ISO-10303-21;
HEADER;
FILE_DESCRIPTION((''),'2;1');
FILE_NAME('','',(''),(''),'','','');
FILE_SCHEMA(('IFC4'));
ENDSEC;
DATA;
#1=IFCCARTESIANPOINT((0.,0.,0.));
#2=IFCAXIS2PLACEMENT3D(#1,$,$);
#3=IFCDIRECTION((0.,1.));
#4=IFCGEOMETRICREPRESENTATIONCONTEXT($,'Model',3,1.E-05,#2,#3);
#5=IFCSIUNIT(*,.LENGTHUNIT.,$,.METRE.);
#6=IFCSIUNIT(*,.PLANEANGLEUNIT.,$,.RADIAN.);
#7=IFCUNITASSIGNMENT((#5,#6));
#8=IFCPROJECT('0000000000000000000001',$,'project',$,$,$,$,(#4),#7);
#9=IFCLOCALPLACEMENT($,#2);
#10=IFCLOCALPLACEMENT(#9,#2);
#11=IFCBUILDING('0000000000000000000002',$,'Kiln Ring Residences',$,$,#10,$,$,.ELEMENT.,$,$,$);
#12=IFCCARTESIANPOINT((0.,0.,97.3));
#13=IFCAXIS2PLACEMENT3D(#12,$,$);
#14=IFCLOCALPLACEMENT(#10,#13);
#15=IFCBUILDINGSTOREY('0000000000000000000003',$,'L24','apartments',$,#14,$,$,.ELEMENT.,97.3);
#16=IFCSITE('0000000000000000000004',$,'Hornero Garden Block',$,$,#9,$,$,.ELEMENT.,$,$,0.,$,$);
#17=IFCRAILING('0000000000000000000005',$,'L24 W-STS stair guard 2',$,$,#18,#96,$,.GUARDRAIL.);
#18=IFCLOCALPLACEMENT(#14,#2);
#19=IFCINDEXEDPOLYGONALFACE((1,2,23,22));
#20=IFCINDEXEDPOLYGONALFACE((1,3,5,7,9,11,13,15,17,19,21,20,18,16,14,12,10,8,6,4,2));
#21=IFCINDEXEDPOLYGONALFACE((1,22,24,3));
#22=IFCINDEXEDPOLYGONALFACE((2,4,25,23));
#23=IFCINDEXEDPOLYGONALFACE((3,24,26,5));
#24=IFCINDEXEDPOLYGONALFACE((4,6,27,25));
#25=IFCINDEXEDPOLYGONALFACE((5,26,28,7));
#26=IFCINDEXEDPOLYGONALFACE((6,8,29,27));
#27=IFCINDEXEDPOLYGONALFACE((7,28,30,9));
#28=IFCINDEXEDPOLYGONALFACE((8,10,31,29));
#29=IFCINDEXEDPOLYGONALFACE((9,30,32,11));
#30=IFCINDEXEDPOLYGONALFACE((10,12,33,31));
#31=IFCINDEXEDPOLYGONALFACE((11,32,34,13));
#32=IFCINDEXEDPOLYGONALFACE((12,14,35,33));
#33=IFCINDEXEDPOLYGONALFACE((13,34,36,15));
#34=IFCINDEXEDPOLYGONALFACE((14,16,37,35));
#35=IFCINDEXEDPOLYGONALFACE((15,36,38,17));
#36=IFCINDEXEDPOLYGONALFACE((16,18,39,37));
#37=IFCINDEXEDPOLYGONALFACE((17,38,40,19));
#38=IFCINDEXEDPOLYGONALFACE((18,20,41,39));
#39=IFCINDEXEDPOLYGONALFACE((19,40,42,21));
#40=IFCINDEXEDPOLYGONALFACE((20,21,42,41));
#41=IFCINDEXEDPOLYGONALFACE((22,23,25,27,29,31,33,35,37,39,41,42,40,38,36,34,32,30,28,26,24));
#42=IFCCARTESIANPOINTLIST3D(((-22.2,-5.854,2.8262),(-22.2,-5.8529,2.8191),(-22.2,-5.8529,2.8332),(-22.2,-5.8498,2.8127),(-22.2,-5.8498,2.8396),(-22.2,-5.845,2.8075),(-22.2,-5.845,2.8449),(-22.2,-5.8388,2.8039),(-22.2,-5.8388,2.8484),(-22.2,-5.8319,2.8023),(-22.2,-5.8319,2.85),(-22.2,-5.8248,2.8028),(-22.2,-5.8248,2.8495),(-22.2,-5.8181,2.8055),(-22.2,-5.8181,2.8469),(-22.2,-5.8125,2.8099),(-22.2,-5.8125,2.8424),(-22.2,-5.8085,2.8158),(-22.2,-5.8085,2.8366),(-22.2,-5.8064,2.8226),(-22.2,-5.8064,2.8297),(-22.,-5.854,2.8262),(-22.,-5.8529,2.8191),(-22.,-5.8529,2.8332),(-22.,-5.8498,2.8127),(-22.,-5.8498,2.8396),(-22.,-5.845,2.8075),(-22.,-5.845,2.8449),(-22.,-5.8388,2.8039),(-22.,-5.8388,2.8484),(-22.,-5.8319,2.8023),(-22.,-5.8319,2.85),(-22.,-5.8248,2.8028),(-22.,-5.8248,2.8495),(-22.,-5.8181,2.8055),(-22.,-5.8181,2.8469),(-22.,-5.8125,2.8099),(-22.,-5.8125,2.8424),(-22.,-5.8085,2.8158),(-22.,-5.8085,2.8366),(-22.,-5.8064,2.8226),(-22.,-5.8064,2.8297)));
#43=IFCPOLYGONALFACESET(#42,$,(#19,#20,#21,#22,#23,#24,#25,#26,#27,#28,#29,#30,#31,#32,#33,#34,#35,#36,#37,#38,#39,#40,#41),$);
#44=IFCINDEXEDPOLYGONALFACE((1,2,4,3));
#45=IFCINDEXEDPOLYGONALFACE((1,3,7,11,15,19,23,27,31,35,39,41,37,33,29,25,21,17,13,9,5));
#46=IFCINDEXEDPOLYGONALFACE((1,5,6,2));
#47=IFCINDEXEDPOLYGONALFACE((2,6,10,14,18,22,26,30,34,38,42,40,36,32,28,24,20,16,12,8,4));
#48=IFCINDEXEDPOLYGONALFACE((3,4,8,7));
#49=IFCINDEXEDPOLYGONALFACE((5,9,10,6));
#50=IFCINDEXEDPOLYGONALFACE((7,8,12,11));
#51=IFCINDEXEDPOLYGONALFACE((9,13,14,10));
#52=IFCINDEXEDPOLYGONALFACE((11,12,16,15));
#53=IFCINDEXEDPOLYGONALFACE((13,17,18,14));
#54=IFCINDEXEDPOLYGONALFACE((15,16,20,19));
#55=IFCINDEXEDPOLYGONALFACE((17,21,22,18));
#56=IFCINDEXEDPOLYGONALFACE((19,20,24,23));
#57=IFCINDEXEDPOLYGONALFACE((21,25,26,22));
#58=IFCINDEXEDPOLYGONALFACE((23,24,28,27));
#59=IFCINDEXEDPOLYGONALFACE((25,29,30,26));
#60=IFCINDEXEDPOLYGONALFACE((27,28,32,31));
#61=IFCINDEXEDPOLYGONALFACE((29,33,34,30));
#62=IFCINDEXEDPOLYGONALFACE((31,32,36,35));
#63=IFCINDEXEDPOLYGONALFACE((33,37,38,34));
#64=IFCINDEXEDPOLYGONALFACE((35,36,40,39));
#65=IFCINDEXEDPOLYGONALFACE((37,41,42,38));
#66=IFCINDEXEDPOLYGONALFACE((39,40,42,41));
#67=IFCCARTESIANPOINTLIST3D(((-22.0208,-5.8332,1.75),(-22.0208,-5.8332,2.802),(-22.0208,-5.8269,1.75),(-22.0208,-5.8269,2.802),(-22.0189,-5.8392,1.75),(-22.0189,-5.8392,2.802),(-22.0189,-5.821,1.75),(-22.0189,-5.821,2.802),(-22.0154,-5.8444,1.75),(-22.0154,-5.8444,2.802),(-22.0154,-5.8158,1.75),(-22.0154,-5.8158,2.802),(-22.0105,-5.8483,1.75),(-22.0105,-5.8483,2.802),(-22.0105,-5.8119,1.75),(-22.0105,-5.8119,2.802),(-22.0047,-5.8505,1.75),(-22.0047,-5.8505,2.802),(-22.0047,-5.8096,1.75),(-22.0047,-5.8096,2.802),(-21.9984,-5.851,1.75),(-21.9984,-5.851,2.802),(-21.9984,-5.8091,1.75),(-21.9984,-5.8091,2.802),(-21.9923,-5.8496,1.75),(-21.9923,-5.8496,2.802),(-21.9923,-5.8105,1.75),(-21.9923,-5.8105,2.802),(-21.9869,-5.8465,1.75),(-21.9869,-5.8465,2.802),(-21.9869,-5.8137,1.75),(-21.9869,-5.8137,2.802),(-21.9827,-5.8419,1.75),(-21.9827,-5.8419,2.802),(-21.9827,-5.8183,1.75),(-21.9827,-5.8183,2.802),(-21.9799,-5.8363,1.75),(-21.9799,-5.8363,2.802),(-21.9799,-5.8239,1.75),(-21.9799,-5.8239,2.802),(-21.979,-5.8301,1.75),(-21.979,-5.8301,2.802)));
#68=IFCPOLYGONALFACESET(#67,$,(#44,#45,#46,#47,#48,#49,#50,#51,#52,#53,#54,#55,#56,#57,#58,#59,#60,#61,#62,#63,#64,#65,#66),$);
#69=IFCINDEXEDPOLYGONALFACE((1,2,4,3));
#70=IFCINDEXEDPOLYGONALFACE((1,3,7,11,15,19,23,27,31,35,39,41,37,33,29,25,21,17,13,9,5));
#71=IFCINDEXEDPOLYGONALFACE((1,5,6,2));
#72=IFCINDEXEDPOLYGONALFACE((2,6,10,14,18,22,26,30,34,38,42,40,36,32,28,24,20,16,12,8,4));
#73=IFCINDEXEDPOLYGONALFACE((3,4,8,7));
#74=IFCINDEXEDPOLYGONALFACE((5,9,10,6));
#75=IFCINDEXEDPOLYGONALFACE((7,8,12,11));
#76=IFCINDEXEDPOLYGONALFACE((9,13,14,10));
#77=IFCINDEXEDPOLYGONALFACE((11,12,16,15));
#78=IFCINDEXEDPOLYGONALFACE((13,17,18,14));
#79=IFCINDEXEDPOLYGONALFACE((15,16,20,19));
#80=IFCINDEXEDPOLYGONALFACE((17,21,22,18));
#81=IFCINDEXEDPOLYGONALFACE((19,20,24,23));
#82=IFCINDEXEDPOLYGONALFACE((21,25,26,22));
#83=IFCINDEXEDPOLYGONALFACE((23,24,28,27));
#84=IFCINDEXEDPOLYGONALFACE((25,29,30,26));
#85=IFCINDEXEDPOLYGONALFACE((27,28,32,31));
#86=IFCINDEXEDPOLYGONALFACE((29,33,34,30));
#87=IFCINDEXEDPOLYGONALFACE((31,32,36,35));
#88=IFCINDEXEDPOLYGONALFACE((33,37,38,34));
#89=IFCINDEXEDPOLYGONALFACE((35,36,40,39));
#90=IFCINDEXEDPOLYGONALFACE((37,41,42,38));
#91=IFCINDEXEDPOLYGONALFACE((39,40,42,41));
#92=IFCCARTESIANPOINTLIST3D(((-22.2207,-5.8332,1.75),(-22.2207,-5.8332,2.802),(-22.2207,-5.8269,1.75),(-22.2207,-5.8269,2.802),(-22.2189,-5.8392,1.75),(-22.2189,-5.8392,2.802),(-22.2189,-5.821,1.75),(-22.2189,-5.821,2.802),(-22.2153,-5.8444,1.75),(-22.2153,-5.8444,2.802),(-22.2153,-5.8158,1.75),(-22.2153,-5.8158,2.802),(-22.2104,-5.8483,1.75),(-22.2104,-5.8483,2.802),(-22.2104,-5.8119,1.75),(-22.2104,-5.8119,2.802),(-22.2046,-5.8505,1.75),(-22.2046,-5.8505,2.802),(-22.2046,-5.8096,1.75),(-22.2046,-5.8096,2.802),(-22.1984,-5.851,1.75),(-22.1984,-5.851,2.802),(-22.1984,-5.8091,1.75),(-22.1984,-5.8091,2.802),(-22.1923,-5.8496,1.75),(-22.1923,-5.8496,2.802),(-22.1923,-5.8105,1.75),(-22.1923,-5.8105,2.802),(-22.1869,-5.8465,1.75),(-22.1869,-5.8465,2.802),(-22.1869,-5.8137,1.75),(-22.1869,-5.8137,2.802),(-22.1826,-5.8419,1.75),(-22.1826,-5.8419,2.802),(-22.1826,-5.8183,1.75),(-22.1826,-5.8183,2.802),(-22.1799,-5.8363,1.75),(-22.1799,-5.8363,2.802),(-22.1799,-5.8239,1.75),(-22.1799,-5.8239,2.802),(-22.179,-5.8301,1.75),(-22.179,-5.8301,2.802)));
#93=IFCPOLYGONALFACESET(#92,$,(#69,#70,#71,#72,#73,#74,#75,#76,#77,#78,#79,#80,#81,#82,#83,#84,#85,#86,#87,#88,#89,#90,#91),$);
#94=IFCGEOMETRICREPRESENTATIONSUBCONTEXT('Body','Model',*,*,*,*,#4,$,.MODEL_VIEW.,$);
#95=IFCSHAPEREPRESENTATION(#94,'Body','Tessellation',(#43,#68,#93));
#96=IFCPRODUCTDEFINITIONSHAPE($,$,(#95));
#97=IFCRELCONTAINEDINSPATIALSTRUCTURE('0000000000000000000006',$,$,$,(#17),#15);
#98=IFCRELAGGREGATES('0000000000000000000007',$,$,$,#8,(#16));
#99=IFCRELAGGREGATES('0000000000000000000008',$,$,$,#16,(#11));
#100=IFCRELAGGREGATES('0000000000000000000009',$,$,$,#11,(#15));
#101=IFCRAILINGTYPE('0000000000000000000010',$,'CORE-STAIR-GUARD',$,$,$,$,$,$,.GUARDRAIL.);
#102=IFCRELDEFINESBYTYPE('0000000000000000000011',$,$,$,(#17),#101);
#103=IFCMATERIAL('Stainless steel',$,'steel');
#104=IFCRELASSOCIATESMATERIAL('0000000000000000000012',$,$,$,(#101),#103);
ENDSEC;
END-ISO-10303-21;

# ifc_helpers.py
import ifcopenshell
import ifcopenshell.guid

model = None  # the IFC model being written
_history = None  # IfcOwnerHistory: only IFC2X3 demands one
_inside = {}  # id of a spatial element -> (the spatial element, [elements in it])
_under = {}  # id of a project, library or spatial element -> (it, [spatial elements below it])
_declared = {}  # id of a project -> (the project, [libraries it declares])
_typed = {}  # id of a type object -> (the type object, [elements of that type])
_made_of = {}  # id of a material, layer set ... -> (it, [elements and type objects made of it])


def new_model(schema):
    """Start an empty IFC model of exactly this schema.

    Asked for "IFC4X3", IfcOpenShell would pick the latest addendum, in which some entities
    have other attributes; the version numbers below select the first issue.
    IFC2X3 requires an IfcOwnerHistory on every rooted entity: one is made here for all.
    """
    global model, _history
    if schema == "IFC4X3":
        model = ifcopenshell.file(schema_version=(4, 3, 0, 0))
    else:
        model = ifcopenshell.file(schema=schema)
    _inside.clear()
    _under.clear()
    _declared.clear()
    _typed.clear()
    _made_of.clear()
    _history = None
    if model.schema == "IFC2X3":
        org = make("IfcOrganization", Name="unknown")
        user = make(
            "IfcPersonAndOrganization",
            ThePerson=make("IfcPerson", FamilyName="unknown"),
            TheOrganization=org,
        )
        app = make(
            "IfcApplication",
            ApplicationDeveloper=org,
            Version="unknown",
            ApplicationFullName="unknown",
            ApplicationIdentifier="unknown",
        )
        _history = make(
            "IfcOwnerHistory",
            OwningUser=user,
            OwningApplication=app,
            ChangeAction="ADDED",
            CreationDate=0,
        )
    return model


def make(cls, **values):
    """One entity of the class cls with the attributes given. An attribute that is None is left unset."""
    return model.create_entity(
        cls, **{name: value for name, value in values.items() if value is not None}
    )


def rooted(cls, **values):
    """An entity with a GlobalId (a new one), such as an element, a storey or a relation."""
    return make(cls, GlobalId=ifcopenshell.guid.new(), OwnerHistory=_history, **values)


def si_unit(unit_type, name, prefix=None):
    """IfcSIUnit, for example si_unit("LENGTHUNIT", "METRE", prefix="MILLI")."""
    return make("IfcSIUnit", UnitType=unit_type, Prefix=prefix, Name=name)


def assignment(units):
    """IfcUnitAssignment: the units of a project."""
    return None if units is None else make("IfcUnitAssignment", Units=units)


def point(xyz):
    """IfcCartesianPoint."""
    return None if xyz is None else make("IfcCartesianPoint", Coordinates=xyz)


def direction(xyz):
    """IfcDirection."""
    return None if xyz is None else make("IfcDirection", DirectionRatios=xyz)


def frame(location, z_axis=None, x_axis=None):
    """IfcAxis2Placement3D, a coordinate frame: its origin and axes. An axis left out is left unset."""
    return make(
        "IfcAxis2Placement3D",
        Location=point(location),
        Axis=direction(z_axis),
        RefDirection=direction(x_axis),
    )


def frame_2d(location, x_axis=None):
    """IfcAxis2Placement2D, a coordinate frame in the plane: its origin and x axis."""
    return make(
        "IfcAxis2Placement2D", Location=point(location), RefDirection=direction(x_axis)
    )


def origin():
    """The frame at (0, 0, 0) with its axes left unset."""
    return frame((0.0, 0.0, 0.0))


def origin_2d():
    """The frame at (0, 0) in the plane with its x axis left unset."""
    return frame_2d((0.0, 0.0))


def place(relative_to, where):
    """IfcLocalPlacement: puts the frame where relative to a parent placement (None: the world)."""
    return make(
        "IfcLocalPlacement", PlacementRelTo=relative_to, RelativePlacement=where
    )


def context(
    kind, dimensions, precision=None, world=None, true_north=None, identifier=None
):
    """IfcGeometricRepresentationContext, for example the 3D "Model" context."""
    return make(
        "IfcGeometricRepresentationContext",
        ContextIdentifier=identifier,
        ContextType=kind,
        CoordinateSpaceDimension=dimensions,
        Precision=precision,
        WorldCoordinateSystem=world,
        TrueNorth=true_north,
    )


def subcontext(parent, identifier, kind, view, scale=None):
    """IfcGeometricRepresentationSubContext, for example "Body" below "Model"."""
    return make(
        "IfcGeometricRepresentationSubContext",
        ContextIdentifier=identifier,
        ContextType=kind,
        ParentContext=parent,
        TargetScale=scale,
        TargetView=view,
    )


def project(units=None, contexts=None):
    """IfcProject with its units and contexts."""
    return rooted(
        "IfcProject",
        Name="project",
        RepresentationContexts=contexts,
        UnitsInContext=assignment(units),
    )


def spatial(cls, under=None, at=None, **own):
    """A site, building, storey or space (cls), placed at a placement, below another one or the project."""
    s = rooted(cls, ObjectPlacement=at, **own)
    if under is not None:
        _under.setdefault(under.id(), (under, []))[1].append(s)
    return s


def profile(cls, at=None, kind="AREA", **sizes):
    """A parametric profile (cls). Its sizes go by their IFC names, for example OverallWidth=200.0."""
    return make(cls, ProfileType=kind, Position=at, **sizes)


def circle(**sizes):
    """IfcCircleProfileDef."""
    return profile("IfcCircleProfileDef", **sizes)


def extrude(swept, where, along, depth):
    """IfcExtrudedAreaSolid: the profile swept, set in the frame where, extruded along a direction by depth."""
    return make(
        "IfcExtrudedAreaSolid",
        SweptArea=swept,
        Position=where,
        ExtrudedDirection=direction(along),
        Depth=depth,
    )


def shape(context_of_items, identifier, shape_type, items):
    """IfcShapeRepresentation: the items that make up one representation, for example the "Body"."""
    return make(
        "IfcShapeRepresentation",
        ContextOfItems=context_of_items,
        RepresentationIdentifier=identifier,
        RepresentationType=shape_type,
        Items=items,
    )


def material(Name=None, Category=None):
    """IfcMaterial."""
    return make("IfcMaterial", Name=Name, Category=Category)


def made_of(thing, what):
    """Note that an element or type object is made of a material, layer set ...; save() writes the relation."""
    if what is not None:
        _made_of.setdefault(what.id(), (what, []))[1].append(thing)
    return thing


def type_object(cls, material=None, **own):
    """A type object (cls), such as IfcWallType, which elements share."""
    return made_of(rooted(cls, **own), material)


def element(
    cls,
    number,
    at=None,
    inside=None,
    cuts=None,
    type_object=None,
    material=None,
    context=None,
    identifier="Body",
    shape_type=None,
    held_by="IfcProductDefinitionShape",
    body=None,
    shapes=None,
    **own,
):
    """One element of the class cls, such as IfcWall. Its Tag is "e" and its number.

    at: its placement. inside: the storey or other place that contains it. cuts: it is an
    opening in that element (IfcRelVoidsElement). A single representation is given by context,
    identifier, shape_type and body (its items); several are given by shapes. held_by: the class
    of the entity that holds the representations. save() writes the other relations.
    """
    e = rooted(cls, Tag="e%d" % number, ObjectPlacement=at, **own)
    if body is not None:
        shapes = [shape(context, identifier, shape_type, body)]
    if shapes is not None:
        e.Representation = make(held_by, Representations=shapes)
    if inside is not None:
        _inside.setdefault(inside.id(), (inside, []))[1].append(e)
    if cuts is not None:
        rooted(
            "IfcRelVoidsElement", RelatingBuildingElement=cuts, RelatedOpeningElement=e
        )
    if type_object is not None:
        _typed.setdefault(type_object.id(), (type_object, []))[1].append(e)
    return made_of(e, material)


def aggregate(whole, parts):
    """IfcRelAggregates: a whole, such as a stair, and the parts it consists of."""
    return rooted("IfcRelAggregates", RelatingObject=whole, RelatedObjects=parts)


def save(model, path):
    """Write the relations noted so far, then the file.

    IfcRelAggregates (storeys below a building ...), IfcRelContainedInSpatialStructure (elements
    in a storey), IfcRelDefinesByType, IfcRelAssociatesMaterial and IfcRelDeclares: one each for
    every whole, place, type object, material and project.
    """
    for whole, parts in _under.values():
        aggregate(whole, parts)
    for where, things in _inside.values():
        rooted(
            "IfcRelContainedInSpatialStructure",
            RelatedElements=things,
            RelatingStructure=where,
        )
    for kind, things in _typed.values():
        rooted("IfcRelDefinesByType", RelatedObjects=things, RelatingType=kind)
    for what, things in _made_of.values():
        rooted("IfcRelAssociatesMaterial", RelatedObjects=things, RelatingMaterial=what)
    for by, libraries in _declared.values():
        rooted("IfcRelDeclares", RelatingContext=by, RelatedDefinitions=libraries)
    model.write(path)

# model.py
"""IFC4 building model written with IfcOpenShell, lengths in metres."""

from ifc_helpers import new_model, si_unit, direction, frame, origin, origin_2d, place, context, subcontext, project, spatial, circle, extrude, material, type_object, element, save


model = new_model("IFC4")

# Units and contexts
model_context = context("Model", 3, precision=1e-05, world=origin(), true_north=direction((0.0, 1.0)))
body_context = subcontext(model_context, "Body", "Model", "MODEL_VIEW")
ifc_project = project(units=[si_unit("LENGTHUNIT", "METRE"), si_unit("PLANEANGLEUNIT", "RADIAN")], contexts=[model_context])

# Site, building, storey
site_placement = place(None, origin())
site = spatial("IfcSite", under=ifc_project, at=site_placement, Name="Hornero Garden Block", CompositionType="ELEMENT", RefElevation=0.0)
building_placement = place(site_placement, origin())
building = spatial("IfcBuilding", under=site, at=building_placement, Name="Kiln Ring Residences", CompositionType="ELEMENT")
storey_placement = place(building_placement, frame((0.0, 0.0, 97.3)))
storey = spatial("IfcBuildingStorey", under=building, at=storey_placement, Name="L24", Description="apartments", CompositionType="ELEMENT", Elevation=97.3)

# Railing
ifc_material_1 = material(Name="Stainless steel", Category="steel")
railing_type_1 = type_object("IfcRailingType", Name="CORE-STAIR-GUARD", PredefinedType="GUARDRAIL", material=ifc_material_1)
railing_1_placement = place(storey_placement, frame((-22.0, -5.8301, 1.75)))
element("IfcRailing", 1, at=railing_1_placement, inside=storey, type_object=railing_type_1, Name="L24 W-STS stair guard 2", PredefinedType="GUARDRAIL", context=body_context, shape_type="SweptSolid", body=[
    extrude(circle(Radius=0.0239, at=origin_2d()), frame((0.0, 0.0, 1.0762), z_axis=(-1.0, 0.0, 0.0), x_axis=(0.0, -1.0, 0.0)), (0.0, 0.0, 1.0), 0.2),
    extrude(circle(Radius=0.021, at=origin_2d()), origin(), (0.0, 0.0, 1.0), 1.052),
    extrude(circle(Radius=0.021, at=origin_2d()), frame((-0.2, 0.0, 0.0)), (0.0, 0.0, 1.0), 1.052),
])

save(model, "model.ifc")
